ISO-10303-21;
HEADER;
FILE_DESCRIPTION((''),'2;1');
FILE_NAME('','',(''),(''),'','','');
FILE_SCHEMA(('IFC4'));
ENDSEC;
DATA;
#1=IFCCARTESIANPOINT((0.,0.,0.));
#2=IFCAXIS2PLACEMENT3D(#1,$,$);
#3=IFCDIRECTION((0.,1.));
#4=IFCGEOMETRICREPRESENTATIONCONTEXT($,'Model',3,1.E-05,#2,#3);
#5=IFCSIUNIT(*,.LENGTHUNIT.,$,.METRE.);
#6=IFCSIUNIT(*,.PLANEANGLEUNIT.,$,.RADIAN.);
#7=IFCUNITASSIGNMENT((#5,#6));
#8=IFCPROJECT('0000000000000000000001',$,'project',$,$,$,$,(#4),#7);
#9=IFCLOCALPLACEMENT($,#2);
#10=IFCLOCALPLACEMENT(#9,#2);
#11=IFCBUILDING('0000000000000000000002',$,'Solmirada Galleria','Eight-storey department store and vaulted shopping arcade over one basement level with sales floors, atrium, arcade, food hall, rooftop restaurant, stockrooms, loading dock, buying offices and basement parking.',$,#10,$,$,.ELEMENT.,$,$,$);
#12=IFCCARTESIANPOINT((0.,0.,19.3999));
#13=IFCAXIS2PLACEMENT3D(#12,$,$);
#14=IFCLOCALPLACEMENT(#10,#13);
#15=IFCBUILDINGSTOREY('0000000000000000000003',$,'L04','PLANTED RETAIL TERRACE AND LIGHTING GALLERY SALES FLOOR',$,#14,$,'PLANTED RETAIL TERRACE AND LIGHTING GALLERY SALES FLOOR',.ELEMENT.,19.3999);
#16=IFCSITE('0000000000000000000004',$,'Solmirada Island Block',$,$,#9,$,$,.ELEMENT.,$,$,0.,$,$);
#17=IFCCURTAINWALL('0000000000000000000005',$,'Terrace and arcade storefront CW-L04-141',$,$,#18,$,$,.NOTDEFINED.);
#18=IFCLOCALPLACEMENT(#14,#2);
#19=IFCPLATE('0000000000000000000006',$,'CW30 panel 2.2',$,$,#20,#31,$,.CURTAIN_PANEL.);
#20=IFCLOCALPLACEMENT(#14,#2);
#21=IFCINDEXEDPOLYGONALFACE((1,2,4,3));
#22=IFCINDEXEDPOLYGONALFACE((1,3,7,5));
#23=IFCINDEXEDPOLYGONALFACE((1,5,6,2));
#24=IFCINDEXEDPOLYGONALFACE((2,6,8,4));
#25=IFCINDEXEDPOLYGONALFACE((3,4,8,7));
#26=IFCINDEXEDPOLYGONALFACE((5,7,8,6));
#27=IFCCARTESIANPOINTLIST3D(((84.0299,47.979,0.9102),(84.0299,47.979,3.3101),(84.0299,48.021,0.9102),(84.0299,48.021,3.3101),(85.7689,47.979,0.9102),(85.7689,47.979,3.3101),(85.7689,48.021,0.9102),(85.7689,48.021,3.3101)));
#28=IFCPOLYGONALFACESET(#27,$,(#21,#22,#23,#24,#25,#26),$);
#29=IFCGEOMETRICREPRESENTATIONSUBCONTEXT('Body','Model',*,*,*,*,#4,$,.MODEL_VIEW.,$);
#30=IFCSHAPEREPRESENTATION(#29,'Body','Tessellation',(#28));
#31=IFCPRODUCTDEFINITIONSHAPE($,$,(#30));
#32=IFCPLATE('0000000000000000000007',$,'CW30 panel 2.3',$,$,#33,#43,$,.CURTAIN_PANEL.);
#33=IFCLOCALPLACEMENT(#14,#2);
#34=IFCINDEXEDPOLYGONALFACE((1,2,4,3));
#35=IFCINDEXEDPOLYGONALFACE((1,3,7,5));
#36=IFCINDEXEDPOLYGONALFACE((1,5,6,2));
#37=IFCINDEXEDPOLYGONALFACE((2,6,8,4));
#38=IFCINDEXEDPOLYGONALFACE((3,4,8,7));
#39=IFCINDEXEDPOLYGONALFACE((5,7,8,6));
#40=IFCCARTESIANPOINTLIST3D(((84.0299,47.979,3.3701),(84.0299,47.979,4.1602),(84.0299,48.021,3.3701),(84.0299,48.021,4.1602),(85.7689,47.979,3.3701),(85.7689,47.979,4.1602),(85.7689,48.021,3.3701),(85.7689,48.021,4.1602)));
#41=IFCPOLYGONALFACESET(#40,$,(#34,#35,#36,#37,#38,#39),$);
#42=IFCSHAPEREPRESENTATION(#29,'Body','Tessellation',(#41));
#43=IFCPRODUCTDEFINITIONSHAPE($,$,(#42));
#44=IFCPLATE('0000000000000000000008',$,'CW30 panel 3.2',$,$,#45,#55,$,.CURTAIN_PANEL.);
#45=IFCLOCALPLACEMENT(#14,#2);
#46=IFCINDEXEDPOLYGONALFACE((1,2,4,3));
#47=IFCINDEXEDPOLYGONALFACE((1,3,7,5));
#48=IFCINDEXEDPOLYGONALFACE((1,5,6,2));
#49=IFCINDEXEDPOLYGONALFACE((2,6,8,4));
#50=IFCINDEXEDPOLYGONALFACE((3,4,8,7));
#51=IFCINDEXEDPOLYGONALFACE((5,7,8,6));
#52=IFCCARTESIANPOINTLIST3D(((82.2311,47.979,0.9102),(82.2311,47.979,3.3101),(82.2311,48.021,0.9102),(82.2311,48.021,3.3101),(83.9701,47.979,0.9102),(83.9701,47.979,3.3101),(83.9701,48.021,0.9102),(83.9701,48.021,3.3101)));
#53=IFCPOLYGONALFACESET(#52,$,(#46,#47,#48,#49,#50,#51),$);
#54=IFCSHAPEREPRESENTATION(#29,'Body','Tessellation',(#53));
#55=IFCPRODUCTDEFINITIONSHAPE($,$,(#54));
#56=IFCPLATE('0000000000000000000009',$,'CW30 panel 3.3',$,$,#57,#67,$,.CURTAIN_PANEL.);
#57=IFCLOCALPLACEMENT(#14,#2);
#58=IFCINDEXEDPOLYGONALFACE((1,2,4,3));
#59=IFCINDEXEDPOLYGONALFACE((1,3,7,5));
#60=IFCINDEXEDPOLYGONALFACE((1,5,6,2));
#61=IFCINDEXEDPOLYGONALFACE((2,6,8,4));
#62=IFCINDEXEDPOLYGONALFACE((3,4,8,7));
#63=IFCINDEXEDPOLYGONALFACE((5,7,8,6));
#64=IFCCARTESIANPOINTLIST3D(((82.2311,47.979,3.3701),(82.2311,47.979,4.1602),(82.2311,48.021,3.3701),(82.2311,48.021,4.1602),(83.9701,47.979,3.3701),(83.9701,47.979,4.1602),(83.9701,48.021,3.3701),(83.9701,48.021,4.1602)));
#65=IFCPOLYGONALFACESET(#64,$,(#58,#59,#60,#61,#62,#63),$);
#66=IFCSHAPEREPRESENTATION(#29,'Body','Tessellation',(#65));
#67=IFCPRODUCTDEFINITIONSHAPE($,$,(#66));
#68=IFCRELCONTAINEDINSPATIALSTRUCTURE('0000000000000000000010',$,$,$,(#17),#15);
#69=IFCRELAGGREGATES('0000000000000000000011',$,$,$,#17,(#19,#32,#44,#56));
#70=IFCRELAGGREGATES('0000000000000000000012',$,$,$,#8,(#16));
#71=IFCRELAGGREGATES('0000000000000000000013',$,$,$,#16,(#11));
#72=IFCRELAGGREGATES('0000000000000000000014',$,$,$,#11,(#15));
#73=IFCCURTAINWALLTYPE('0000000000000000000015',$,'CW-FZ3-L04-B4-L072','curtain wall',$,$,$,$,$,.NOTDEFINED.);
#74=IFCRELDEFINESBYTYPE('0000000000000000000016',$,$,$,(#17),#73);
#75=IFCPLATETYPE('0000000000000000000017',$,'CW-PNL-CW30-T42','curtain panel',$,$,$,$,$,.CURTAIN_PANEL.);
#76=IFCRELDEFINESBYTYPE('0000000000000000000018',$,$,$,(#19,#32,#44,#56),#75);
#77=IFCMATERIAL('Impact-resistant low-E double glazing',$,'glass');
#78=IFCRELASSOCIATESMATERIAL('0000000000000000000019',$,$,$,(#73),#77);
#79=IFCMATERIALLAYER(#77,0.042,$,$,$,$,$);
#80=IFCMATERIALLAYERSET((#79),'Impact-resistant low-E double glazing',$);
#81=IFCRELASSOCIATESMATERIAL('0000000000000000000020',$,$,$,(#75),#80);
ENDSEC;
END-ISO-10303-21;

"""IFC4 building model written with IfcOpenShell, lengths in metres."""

from ifc_helpers import new_model, si_unit, direction, frame, origin, origin_2d, place, context, subcontext, project, spatial, rectangle, extrude, material, layer, layer_set, type_object, element, aggregate, save


model = new_model("IFC4")

# Units and contexts
model_context = context("Model", 3, precision=1e-05, world=origin(), true_north=direction((0.0, 1.0)))
body_context = subcontext(model_context, "Body", "Model", "MODEL_VIEW")
ifc_project = project(units=[si_unit("LENGTHUNIT", "METRE"), si_unit("PLANEANGLEUNIT", "RADIAN")], contexts=[model_context])

# Site, building, storey
site_placement = place(None, origin())
site = spatial("IfcSite", under=ifc_project, at=site_placement, Name="Solmirada Island Block", CompositionType="ELEMENT", RefElevation=0.0)
building_placement = place(site_placement, origin())
building = spatial("IfcBuilding", under=site, at=building_placement, Name="Solmirada Galleria", Description="Eight-storey department store and vaulted shopping arcade over one basement level with sales floors, atrium, arcade, food hall, rooftop restaurant, stockrooms, loading dock, buying offices and basement parking.", CompositionType="ELEMENT")
storey_placement = place(building_placement, frame((0.0, 0.0, 19.3999)))
storey = spatial("IfcBuildingStorey", under=building, at=storey_placement, Name="L04", Description="PLANTED RETAIL TERRACE AND LIGHTING GALLERY SALES FLOOR", LongName="PLANTED RETAIL TERRACE AND LIGHTING GALLERY SALES FLOOR", CompositionType="ELEMENT", Elevation=19.3999)

# Curtain wall, plates
ifc_material_1 = material(Name="Impact-resistant low-E double glazing", Category="glass")
curtain_wall_type = type_object("IfcCurtainWallType", Name="CW-FZ3-L04-B4-L072", Description="curtain wall", PredefinedType="NOTDEFINED", material=ifc_material_1)
curtain_wall_placement = place(storey_placement, origin())
curtain_wall = element("IfcCurtainWall", 1, at=curtain_wall_placement, inside=storey, type_object=curtain_wall_type, Name="Terrace and arcade storefront CW-L04-141", PredefinedType="NOTDEFINED")
ifc_layer = layer(ifc_material_1, 0.042)
ifc_layer_set = layer_set([ifc_layer], Name="Impact-resistant low-E double glazing")
plate_type = type_object("IfcPlateType", Name="CW-PNL-CW30-T42", Description="curtain panel", PredefinedType="CURTAIN_PANEL", material=ifc_layer_set)
plate_1_placement = place(storey_placement, frame((84.8994, 48.0, 0.9102), z_axis=(0.0, 0.0, 1.0), x_axis=(-1.0, 0.0, 0.0)))
plate_1 = element("IfcPlate", 2, at=plate_1_placement, type_object=plate_type, Name="CW30 panel 2.2", PredefinedType="CURTAIN_PANEL", context=body_context, shape_type="SweptSolid", body=[
    extrude(rectangle(XDim=1.739, YDim=0.042, at=origin_2d()), origin(), (0.0, 0.0, 1.0), 2.3999),
])
plate_2_placement = place(storey_placement, frame((84.8994, 48.0, 3.3701), z_axis=(0.0, 0.0, 1.0), x_axis=(-1.0, 0.0, 0.0)))
plate_2 = element("IfcPlate", 3, at=plate_2_placement, type_object=plate_type, Name="CW30 panel 2.3", PredefinedType="CURTAIN_PANEL", context=body_context, shape_type="SweptSolid", body=[
    extrude(rectangle(XDim=1.739, YDim=0.042, at=origin_2d()), origin(), (0.0, 0.0, 1.0), 0.79),
])
plate_3_placement = place(storey_placement, frame((83.1006, 48.0, 0.9102), z_axis=(0.0, 0.0, 1.0), x_axis=(-1.0, 0.0, 0.0)))
plate_3 = element("IfcPlate", 4, at=plate_3_placement, type_object=plate_type, Name="CW30 panel 3.2", PredefinedType="CURTAIN_PANEL", context=body_context, shape_type="SweptSolid", body=[
    extrude(rectangle(XDim=1.739, YDim=0.042, at=origin_2d()), origin(), (0.0, 0.0, 1.0), 2.3999),
])
plate_4_placement = place(storey_placement, frame((83.1006, 48.0, 3.3701), z_axis=(0.0, 0.0, 1.0), x_axis=(-1.0, 0.0, 0.0)))
plate_4 = element("IfcPlate", 5, at=plate_4_placement, type_object=plate_type, Name="CW30 panel 3.3", PredefinedType="CURTAIN_PANEL", context=body_context, shape_type="SweptSolid", body=[
    extrude(rectangle(XDim=1.739, YDim=0.042, at=origin_2d()), origin(), (0.0, 0.0, 1.0), 0.79),
])
aggregate(curtain_wall, [plate_1, plate_2, plate_3, plate_4])

save(model, "model.ifc")
